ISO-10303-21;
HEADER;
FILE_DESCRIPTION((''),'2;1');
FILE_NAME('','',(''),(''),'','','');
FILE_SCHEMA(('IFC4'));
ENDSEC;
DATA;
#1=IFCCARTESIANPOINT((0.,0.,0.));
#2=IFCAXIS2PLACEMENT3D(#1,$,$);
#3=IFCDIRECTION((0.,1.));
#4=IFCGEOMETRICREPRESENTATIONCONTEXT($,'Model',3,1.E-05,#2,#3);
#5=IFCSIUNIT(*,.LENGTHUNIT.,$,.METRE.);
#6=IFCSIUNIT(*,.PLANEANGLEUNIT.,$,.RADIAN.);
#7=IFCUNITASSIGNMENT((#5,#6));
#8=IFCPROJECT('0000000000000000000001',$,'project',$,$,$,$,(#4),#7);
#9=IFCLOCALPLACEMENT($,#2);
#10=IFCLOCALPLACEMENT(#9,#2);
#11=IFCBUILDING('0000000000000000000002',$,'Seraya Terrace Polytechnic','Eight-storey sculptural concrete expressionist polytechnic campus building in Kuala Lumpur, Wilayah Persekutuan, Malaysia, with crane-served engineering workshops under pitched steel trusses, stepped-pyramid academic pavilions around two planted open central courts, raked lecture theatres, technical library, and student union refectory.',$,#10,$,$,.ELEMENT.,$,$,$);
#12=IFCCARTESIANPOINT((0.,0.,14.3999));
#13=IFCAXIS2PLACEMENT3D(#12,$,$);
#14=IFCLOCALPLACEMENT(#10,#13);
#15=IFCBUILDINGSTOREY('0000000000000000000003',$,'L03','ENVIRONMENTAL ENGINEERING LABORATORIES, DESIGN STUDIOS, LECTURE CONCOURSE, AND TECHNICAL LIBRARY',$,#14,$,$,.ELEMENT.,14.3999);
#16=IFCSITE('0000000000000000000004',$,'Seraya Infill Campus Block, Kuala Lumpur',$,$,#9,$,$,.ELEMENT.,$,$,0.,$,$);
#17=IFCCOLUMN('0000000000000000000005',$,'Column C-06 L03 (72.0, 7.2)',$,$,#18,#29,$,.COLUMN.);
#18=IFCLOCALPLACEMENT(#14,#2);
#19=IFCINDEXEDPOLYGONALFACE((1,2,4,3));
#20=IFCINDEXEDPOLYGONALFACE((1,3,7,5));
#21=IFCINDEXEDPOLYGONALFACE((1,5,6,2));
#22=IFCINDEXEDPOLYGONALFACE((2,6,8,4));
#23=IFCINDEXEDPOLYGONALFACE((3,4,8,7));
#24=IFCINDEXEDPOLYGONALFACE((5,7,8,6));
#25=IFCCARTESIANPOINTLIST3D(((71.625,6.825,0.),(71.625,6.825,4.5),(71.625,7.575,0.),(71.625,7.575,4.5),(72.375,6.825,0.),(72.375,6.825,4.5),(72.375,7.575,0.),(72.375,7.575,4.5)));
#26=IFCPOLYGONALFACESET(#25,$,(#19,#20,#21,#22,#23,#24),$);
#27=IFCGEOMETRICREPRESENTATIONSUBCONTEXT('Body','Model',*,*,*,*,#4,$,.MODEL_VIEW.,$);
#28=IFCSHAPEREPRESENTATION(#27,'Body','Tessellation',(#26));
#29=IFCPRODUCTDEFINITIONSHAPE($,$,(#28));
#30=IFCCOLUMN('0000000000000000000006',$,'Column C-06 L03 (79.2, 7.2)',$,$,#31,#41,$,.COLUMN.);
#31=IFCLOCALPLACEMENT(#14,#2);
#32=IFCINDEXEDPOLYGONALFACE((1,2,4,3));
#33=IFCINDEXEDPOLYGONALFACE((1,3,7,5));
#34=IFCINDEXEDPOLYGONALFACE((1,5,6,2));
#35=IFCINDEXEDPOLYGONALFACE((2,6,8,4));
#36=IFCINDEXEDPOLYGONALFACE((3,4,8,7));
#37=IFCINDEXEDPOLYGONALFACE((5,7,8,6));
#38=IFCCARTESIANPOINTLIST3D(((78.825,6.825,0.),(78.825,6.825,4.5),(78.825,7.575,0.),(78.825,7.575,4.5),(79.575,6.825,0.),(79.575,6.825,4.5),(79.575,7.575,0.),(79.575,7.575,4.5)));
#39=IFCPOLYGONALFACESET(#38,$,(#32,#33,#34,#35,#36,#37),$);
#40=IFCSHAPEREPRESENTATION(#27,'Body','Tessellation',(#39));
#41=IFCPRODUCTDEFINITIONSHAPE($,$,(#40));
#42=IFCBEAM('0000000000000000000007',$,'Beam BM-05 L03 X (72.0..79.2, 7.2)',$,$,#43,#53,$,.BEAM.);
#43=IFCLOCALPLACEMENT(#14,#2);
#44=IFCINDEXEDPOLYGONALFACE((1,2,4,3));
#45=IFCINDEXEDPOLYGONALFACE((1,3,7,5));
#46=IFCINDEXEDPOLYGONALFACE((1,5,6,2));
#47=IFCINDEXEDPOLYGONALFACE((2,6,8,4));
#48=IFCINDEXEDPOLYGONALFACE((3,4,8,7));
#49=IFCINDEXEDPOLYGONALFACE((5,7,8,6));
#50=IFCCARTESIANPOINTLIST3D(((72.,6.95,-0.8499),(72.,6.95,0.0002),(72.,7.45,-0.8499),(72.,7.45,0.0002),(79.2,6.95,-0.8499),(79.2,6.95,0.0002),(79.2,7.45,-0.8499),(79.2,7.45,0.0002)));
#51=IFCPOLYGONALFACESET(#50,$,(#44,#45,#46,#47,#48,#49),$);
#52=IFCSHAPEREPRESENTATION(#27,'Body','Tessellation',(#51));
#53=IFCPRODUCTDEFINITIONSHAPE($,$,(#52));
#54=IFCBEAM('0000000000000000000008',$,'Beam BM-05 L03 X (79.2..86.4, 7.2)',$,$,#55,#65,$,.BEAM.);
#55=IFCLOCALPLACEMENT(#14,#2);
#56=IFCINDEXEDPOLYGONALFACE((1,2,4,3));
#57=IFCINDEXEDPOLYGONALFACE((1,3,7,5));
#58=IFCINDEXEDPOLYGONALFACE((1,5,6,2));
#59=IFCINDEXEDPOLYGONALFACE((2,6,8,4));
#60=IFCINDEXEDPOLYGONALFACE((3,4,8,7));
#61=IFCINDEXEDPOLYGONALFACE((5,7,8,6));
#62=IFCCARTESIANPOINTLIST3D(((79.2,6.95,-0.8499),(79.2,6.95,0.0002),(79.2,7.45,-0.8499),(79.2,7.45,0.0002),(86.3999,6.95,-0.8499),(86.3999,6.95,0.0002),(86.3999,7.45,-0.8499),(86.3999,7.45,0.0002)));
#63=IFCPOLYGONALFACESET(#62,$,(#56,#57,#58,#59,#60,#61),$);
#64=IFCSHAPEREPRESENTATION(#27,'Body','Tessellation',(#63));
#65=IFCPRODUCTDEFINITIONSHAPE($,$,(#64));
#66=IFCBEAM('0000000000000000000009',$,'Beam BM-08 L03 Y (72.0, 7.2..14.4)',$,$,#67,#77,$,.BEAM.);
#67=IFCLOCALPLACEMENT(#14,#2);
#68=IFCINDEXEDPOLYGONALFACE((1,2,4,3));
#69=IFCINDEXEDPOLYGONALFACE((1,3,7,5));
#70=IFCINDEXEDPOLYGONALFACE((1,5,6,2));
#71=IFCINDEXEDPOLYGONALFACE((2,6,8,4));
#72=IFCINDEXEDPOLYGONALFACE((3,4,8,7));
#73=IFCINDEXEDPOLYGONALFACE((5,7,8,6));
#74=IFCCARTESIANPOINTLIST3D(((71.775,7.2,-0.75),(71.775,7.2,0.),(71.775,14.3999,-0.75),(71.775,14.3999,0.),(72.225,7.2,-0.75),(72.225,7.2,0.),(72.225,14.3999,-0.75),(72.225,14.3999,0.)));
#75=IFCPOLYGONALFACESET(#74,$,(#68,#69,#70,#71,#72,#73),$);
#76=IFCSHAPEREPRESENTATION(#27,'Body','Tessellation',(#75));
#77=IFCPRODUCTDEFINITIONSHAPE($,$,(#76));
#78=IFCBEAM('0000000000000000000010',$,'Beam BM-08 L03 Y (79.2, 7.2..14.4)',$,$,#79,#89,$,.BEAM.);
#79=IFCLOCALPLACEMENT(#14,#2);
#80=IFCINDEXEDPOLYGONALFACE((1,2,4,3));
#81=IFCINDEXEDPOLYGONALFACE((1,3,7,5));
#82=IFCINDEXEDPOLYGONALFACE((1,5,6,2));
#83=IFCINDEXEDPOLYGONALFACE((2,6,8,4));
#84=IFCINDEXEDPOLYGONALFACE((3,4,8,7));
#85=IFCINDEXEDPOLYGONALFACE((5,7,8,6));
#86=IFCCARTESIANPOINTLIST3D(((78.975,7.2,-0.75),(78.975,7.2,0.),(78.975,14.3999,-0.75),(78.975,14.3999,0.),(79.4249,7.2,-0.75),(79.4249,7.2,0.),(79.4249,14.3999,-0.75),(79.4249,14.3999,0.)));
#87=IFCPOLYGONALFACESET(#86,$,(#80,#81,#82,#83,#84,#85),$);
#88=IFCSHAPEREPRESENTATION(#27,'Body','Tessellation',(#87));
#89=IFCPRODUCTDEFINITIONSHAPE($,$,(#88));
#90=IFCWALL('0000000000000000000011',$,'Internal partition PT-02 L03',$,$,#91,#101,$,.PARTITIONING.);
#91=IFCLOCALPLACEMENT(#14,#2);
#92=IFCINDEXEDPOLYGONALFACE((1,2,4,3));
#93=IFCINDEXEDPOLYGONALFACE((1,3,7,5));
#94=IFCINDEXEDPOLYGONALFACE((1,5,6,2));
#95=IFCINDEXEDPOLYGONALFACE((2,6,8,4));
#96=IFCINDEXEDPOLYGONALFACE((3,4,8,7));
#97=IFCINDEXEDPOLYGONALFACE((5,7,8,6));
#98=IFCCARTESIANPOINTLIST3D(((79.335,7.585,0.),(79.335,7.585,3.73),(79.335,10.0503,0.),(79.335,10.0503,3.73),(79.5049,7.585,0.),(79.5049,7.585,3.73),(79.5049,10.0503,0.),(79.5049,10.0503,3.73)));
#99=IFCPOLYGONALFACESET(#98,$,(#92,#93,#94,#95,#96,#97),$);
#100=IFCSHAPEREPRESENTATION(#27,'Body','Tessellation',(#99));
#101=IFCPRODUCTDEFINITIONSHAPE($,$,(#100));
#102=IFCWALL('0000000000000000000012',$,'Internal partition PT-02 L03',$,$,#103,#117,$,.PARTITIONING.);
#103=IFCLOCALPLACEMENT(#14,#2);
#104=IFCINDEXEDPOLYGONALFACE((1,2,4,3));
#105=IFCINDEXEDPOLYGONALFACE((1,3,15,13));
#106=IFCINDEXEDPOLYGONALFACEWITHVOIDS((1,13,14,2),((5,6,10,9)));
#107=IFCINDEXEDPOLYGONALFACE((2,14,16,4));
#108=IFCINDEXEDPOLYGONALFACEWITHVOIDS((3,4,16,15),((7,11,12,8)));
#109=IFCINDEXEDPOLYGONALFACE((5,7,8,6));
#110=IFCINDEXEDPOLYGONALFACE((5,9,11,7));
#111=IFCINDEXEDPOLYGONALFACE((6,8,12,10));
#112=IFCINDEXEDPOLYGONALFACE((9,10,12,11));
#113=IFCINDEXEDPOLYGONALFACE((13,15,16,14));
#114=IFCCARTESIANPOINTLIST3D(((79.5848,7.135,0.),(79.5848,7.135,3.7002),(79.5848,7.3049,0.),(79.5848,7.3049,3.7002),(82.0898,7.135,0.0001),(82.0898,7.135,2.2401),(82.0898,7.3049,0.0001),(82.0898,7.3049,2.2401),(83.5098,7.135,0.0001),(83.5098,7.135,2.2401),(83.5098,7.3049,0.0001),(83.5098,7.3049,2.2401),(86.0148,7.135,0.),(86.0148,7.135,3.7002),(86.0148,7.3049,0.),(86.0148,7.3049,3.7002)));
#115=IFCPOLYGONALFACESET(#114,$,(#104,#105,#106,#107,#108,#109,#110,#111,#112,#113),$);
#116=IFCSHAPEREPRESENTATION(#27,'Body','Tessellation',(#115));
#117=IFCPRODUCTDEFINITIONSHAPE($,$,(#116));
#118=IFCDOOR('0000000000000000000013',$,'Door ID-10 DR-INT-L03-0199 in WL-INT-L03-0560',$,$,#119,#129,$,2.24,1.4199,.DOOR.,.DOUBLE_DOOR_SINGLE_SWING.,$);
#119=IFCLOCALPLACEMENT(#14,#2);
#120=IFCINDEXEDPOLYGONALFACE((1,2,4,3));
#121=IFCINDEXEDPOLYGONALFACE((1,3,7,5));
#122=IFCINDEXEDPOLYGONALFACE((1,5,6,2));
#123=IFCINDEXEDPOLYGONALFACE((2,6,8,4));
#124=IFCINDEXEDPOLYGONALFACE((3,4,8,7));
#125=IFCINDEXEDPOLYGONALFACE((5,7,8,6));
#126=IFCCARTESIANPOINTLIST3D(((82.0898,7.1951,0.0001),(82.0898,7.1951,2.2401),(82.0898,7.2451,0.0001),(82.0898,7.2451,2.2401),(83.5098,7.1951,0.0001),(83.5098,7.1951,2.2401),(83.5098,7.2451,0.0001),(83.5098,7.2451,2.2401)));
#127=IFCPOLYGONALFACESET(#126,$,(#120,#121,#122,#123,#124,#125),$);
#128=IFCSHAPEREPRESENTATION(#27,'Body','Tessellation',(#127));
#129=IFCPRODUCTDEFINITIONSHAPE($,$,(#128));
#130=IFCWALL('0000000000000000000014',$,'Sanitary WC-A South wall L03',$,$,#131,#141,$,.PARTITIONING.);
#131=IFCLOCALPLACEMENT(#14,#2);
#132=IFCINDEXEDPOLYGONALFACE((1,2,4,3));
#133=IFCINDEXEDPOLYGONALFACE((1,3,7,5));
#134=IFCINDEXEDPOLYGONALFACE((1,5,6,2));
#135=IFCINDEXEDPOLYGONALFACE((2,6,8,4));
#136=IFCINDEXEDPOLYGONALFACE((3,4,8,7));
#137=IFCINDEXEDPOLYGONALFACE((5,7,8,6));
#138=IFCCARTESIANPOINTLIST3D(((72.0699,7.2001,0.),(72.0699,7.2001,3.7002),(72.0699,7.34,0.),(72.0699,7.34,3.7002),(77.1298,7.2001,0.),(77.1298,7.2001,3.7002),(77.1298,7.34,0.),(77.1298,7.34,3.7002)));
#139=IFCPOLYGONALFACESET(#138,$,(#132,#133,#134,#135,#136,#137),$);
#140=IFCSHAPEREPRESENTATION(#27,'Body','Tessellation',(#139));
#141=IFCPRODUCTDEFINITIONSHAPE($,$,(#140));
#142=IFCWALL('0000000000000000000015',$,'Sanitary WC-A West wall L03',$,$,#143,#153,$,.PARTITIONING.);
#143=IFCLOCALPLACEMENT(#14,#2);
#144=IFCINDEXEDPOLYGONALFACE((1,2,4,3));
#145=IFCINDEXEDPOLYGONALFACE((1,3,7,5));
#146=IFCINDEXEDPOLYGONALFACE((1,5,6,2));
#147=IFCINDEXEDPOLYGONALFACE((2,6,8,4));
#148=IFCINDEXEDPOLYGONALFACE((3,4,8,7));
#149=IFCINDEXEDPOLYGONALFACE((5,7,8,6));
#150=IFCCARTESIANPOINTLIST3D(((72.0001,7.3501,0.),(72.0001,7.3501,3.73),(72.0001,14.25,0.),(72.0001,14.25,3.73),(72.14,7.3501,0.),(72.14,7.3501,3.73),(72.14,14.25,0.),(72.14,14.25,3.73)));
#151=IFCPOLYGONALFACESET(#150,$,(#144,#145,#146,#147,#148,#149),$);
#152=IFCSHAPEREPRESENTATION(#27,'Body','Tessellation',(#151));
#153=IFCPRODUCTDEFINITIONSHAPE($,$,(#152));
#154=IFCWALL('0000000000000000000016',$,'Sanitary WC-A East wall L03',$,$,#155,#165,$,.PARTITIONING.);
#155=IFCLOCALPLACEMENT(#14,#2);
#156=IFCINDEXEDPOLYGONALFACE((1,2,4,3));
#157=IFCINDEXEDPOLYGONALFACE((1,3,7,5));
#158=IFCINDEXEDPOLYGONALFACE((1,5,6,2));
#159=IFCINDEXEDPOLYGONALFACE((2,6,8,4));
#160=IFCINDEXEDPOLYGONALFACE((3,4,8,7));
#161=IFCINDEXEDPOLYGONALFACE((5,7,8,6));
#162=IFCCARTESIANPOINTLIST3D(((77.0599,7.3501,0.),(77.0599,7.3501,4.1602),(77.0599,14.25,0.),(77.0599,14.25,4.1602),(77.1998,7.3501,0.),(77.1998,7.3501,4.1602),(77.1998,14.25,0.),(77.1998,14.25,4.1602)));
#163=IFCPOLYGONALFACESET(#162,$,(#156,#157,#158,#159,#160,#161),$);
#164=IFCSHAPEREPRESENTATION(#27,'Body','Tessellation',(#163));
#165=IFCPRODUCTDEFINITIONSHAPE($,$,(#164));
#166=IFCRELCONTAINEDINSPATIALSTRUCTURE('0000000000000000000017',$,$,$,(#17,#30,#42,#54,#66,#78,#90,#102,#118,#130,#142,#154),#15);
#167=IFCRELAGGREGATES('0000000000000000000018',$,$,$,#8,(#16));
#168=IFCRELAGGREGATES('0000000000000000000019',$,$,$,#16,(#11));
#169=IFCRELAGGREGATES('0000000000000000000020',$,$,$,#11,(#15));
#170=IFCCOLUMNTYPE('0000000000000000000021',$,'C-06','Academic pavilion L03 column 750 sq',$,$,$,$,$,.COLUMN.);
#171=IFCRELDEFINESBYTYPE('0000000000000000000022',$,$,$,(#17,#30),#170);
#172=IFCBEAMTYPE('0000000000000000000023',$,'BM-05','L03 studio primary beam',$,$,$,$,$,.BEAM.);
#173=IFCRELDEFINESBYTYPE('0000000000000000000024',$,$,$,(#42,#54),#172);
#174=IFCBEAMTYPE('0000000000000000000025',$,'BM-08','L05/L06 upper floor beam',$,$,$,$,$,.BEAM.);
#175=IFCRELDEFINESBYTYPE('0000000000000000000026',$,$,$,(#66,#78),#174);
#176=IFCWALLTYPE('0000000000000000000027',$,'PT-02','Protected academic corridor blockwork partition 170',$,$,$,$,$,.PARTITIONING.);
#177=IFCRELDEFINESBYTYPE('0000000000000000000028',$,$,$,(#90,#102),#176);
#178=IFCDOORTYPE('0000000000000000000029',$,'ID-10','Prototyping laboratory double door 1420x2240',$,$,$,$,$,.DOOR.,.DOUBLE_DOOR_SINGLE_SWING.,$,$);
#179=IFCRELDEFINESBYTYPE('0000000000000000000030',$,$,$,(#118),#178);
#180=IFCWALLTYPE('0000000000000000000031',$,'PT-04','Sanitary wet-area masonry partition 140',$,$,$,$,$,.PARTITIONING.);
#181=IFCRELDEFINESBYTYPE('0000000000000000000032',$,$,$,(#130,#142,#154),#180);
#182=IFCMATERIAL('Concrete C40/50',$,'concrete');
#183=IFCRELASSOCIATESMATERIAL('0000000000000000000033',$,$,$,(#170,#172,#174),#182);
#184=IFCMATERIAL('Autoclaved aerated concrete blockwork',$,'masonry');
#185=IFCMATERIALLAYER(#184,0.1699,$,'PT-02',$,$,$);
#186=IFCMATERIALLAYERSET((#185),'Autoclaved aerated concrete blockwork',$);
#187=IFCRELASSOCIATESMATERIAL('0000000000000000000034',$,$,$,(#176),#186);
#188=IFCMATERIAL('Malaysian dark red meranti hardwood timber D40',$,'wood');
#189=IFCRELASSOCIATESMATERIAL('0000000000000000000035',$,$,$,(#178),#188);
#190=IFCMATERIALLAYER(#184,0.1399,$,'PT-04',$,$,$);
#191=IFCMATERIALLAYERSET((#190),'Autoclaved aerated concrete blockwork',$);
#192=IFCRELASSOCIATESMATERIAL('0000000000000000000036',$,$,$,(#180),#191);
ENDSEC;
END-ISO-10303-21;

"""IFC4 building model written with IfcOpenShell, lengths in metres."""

from ifc_helpers import new_model, si_unit, direction, frame, frame_2d, origin, origin_2d, place, context, subcontext, project, spatial, rectangle, extrude, material, layer, layer_set, material_profile, profile_set, type_object, element, fill, save


model = new_model("IFC4")

# Units and contexts
model_context = context("Model", 3, precision=1e-05, world=origin(), true_north=direction((0.0, 1.0)))
body_context = subcontext(model_context, "Body", "Model", "MODEL_VIEW")
ifc_project = project(units=[si_unit("LENGTHUNIT", "METRE"), si_unit("PLANEANGLEUNIT", "RADIAN")], contexts=[model_context])

# Site, building, storey
site_placement = place(None, origin())
site = spatial("IfcSite", under=ifc_project, at=site_placement, Name="Seraya Infill Campus Block, Kuala Lumpur", CompositionType="ELEMENT", RefElevation=0.0)
building_placement = place(site_placement, origin())
building = spatial("IfcBuilding", under=site, at=building_placement, Name="Seraya Terrace Polytechnic", Description="Eight-storey sculptural concrete expressionist polytechnic campus building in Kuala Lumpur, Wilayah Persekutuan, Malaysia, with crane-served engineering workshops under pitched steel trusses, stepped-pyramid academic pavilions around two planted open central courts, raked lecture theatres, technical library, and student union refectory.", CompositionType="ELEMENT")
storey_placement = place(building_placement, frame((0.0, 0.0, 14.3999)))
storey = spatial("IfcBuildingStorey", under=building, at=storey_placement, Name="L03", Description="ENVIRONMENTAL ENGINEERING LABORATORIES, DESIGN STUDIOS, LECTURE CONCOURSE, AND TECHNICAL LIBRARY", CompositionType="ELEMENT", Elevation=14.3999)

# Columns
ifc_material_1 = material(Name="Concrete C40/50", Category="concrete")
ifc_material_profile_1 = material_profile(ifc_material_1, rectangle(XDim=0.75, YDim=0.75, at=origin_2d()), Name="RC 750x750")
ifc_profile_set_1 = profile_set([ifc_material_profile_1], Name="Concrete C40/50")
column_type = type_object("IfcColumnType", Name="C-06", Description="Academic pavilion L03 column 750 sq", PredefinedType="COLUMN", material=ifc_profile_set_1)
for number, where, z_axis, x_axis, name in (
    (1, (72.0, 7.2, 0.0), (0.0, 0.0, 1.0), (1.0, 0.0, 0.0), "Column C-06 L03 (72.0, 7.2)"),
    (2, (79.2, 7.2, 0.0), (0.0, 0.0, 1.0), (1.0, 0.0, 0.0), "Column C-06 L03 (79.2, 7.2)"),
):
    element("IfcColumn", number, at=place(storey_placement, frame(where, z_axis=z_axis, x_axis=x_axis)), inside=storey, type_object=column_type, Name=name, PredefinedType="COLUMN", context=body_context, shape_type="SweptSolid", body=[
        extrude(rectangle(XDim=0.75, YDim=0.75, at=origin_2d()), origin(), (0.0, 0.0, 1.0), 4.5),
    ])

# Beams
ifc_material_profile_2 = material_profile(ifc_material_1, rectangle(XDim=0.5, YDim=0.8501, at=origin_2d()), Name="RC 500x850")
ifc_profile_set_2 = profile_set([ifc_material_profile_2], Name="Concrete C40/50")
beam_type_1 = type_object("IfcBeamType", Name="BM-05", Description="L03 studio primary beam", PredefinedType="BEAM", material=ifc_profile_set_2)
for number, where, z_axis, x_axis, name in (
    (3, (72.0, 7.2, -0.4248), (1.0, 0.0, 0.0), (0.0, 1.0, 0.0), "Beam BM-05 L03 X (72.0..79.2, 7.2)"),
    (4, (79.2, 7.2, -0.4248), (1.0, 0.0, 0.0), (0.0, 1.0, 0.0), "Beam BM-05 L03 X (79.2..86.4, 7.2)"),
):
    element("IfcBeam", number, at=place(storey_placement, frame(where, z_axis=z_axis, x_axis=x_axis)), inside=storey, type_object=beam_type_1, Name=name, PredefinedType="BEAM", context=body_context, shape_type="SweptSolid", body=[
        extrude(rectangle(XDim=0.5, YDim=0.8501, at=origin_2d()), origin(), (0.0, 0.0, 1.0), 7.2),
    ])
ifc_material_profile_3 = material_profile(ifc_material_1, rectangle(XDim=0.45, YDim=0.75, at=origin_2d()), Name="RC 450x750")
ifc_profile_set_3 = profile_set([ifc_material_profile_3], Name="Concrete C40/50")
beam_type_2 = type_object("IfcBeamType", Name="BM-08", Description="L05/L06 upper floor beam", PredefinedType="BEAM", material=ifc_profile_set_3)
for number, where, z_axis, x_axis, name in (
    (5, (72.0, 7.2, -0.375), (0.0, 1.0, 0.0), (-1.0, 0.0, 0.0), "Beam BM-08 L03 Y (72.0, 7.2..14.4)"),
    (6, (79.2, 7.2, -0.375), (0.0, 1.0, 0.0), (-1.0, 0.0, 0.0), "Beam BM-08 L03 Y (79.2, 7.2..14.4)"),
):
    element("IfcBeam", number, at=place(storey_placement, frame(where, z_axis=z_axis, x_axis=x_axis)), inside=storey, type_object=beam_type_2, Name=name, PredefinedType="BEAM", context=body_context, shape_type="SweptSolid", body=[
        extrude(rectangle(XDim=0.45, YDim=0.75, at=origin_2d()), origin(), (0.0, 0.0, 1.0), 7.2),
    ])

# Wall
ifc_material_2 = material(Name="Autoclaved aerated concrete blockwork", Category="masonry")
ifc_layer_1 = layer(ifc_material_2, 0.1699, Name="PT-02")
ifc_layer_set_1 = layer_set([ifc_layer_1], Name="Autoclaved aerated concrete blockwork")
wall_type_1 = type_object("IfcWallType", Name="PT-02", Description="Protected academic corridor blockwork partition 170", PredefinedType="PARTITIONING", material=ifc_layer_set_1)
wall_1_placement = place(storey_placement, frame((79.4199, 7.585, 0.0), z_axis=(0.0, 0.0, 1.0), x_axis=(0.0, 1.0, 0.0)))
element("IfcWall", 7, at=wall_1_placement, inside=storey, type_object=wall_type_1, Name="Internal partition PT-02 L03", PredefinedType="PARTITIONING", context=body_context, shape_type="SweptSolid", body=[
    extrude(rectangle(XDim=2.4653, YDim=0.1699, at=frame_2d((1.2327, 0.0))), origin(), (0.0, 0.0, 1.0), 3.73),
])

# Wall, opening, door
wall_2_placement = place(storey_placement, frame((79.585, 7.22, 0.0), z_axis=(0.0, 0.0, 1.0), x_axis=(1.0, 0.0, 0.0)))
wall_2 = element("IfcWall", 8, at=wall_2_placement, inside=storey, type_object=wall_type_1, Name="Internal partition PT-02 L03", PredefinedType="PARTITIONING", context=body_context, shape_type="SweptSolid", body=[
    extrude(rectangle(XDim=6.4299, YDim=0.1699, at=frame_2d((3.2148, 0.0))), origin(), (0.0, 0.0, 1.0), 3.7002),
])
opening_1_placement = place(wall_2_placement, frame((2.5049, 0.0, 0.0)))
opening_1 = element("IfcOpeningElement", 9, at=opening_1_placement, cuts=wall_2, PredefinedType="OPENING", context=body_context, shape_type="SweptSolid", body=[
    extrude(rectangle(XDim=1.4199, YDim=2.24, at=frame_2d((0.71, 1.1201))), frame((0.0, 0.0969, 0.0), z_axis=(0.0, -1.0, 0.0), x_axis=(1.0, 0.0, 0.0)), (0.0, 0.0, 1.0), 0.1938),
])
ifc_material_3 = material(Name="Malaysian dark red meranti hardwood timber D40", Category="wood")
door_type_1 = type_object("IfcDoorType", Name="ID-10", Description="Prototyping laboratory double door 1420x2240", OperationType="DOUBLE_DOOR_SINGLE_SWING", PredefinedType="DOOR", material=ifc_material_3)
door_1_placement = place(opening_1_placement, frame((1.4199, 0.0, 0.0), z_axis=(0.0, 0.0, 1.0), x_axis=(-1.0, 0.0, 0.0)))
door_1 = element("IfcDoor", 10, at=door_1_placement, inside=storey, type_object=door_type_1, Name="Door ID-10 DR-INT-L03-0199 in WL-INT-L03-0560", OperationType="DOUBLE_DOOR_SINGLE_SWING", OverallHeight=2.24, OverallWidth=1.4199, PredefinedType="DOOR", context=body_context, shape_type="SweptSolid", body=[
    extrude(rectangle(XDim=1.4199, YDim=2.24, at=frame_2d((0.71, 1.1201))), frame((0.0, 0.0249, 0.0), z_axis=(0.0, -1.0, 0.0), x_axis=(1.0, 0.0, 0.0)), (0.0, 0.0, 1.0), 0.05),
])
fill(opening_1, door_1)

# Walls
ifc_layer_2 = layer(ifc_material_2, 0.1399, Name="PT-04")
ifc_layer_set_2 = layer_set([ifc_layer_2], Name="Autoclaved aerated concrete blockwork")
wall_type_2 = type_object("IfcWallType", Name="PT-04", Description="Sanitary wet-area masonry partition 140", PredefinedType="PARTITIONING", material=ifc_layer_set_2)
wall_3_placement = place(storey_placement, frame((72.0701, 7.27, 0.0), z_axis=(0.0, 0.0, 1.0), x_axis=(1.0, 0.0, 0.0)))
element("IfcWall", 11, at=wall_3_placement, inside=storey, type_object=wall_type_2, Name="Sanitary WC-A South wall L03", PredefinedType="PARTITIONING", context=body_context, shape_type="SweptSolid", body=[
    extrude(rectangle(XDim=5.0598, YDim=0.1399, at=frame_2d((2.5298, 0.0))), origin(), (0.0, 0.0, 1.0), 3.7002),
])
wall_4_placement = place(storey_placement, frame((72.0701, 7.3501, 0.0), z_axis=(0.0, 0.0, 1.0), x_axis=(0.0, 1.0, 0.0)))
element("IfcWall", 12, at=wall_4_placement, inside=storey, type_object=wall_type_2, Name="Sanitary WC-A West wall L03", PredefinedType="PARTITIONING", context=body_context, shape_type="SweptSolid", body=[
    extrude(rectangle(XDim=6.8999, YDim=0.1399, at=frame_2d((3.45, 0.0))), origin(), (0.0, 0.0, 1.0), 3.73),
])
wall_5_placement = place(storey_placement, frame((77.1299, 7.3501, 0.0), z_axis=(0.0, 0.0, 1.0), x_axis=(0.0, 1.0, 0.0)))
element("IfcWall", 13, at=wall_5_placement, inside=storey, type_object=wall_type_2, Name="Sanitary WC-A East wall L03", PredefinedType="PARTITIONING", context=body_context, shape_type="SweptSolid", body=[
    extrude(rectangle(XDim=6.8999, YDim=0.1399, at=frame_2d((3.45, 0.0))), origin(), (0.0, 0.0, 1.0), 4.1602),
])

save(model, "model.ifc")
